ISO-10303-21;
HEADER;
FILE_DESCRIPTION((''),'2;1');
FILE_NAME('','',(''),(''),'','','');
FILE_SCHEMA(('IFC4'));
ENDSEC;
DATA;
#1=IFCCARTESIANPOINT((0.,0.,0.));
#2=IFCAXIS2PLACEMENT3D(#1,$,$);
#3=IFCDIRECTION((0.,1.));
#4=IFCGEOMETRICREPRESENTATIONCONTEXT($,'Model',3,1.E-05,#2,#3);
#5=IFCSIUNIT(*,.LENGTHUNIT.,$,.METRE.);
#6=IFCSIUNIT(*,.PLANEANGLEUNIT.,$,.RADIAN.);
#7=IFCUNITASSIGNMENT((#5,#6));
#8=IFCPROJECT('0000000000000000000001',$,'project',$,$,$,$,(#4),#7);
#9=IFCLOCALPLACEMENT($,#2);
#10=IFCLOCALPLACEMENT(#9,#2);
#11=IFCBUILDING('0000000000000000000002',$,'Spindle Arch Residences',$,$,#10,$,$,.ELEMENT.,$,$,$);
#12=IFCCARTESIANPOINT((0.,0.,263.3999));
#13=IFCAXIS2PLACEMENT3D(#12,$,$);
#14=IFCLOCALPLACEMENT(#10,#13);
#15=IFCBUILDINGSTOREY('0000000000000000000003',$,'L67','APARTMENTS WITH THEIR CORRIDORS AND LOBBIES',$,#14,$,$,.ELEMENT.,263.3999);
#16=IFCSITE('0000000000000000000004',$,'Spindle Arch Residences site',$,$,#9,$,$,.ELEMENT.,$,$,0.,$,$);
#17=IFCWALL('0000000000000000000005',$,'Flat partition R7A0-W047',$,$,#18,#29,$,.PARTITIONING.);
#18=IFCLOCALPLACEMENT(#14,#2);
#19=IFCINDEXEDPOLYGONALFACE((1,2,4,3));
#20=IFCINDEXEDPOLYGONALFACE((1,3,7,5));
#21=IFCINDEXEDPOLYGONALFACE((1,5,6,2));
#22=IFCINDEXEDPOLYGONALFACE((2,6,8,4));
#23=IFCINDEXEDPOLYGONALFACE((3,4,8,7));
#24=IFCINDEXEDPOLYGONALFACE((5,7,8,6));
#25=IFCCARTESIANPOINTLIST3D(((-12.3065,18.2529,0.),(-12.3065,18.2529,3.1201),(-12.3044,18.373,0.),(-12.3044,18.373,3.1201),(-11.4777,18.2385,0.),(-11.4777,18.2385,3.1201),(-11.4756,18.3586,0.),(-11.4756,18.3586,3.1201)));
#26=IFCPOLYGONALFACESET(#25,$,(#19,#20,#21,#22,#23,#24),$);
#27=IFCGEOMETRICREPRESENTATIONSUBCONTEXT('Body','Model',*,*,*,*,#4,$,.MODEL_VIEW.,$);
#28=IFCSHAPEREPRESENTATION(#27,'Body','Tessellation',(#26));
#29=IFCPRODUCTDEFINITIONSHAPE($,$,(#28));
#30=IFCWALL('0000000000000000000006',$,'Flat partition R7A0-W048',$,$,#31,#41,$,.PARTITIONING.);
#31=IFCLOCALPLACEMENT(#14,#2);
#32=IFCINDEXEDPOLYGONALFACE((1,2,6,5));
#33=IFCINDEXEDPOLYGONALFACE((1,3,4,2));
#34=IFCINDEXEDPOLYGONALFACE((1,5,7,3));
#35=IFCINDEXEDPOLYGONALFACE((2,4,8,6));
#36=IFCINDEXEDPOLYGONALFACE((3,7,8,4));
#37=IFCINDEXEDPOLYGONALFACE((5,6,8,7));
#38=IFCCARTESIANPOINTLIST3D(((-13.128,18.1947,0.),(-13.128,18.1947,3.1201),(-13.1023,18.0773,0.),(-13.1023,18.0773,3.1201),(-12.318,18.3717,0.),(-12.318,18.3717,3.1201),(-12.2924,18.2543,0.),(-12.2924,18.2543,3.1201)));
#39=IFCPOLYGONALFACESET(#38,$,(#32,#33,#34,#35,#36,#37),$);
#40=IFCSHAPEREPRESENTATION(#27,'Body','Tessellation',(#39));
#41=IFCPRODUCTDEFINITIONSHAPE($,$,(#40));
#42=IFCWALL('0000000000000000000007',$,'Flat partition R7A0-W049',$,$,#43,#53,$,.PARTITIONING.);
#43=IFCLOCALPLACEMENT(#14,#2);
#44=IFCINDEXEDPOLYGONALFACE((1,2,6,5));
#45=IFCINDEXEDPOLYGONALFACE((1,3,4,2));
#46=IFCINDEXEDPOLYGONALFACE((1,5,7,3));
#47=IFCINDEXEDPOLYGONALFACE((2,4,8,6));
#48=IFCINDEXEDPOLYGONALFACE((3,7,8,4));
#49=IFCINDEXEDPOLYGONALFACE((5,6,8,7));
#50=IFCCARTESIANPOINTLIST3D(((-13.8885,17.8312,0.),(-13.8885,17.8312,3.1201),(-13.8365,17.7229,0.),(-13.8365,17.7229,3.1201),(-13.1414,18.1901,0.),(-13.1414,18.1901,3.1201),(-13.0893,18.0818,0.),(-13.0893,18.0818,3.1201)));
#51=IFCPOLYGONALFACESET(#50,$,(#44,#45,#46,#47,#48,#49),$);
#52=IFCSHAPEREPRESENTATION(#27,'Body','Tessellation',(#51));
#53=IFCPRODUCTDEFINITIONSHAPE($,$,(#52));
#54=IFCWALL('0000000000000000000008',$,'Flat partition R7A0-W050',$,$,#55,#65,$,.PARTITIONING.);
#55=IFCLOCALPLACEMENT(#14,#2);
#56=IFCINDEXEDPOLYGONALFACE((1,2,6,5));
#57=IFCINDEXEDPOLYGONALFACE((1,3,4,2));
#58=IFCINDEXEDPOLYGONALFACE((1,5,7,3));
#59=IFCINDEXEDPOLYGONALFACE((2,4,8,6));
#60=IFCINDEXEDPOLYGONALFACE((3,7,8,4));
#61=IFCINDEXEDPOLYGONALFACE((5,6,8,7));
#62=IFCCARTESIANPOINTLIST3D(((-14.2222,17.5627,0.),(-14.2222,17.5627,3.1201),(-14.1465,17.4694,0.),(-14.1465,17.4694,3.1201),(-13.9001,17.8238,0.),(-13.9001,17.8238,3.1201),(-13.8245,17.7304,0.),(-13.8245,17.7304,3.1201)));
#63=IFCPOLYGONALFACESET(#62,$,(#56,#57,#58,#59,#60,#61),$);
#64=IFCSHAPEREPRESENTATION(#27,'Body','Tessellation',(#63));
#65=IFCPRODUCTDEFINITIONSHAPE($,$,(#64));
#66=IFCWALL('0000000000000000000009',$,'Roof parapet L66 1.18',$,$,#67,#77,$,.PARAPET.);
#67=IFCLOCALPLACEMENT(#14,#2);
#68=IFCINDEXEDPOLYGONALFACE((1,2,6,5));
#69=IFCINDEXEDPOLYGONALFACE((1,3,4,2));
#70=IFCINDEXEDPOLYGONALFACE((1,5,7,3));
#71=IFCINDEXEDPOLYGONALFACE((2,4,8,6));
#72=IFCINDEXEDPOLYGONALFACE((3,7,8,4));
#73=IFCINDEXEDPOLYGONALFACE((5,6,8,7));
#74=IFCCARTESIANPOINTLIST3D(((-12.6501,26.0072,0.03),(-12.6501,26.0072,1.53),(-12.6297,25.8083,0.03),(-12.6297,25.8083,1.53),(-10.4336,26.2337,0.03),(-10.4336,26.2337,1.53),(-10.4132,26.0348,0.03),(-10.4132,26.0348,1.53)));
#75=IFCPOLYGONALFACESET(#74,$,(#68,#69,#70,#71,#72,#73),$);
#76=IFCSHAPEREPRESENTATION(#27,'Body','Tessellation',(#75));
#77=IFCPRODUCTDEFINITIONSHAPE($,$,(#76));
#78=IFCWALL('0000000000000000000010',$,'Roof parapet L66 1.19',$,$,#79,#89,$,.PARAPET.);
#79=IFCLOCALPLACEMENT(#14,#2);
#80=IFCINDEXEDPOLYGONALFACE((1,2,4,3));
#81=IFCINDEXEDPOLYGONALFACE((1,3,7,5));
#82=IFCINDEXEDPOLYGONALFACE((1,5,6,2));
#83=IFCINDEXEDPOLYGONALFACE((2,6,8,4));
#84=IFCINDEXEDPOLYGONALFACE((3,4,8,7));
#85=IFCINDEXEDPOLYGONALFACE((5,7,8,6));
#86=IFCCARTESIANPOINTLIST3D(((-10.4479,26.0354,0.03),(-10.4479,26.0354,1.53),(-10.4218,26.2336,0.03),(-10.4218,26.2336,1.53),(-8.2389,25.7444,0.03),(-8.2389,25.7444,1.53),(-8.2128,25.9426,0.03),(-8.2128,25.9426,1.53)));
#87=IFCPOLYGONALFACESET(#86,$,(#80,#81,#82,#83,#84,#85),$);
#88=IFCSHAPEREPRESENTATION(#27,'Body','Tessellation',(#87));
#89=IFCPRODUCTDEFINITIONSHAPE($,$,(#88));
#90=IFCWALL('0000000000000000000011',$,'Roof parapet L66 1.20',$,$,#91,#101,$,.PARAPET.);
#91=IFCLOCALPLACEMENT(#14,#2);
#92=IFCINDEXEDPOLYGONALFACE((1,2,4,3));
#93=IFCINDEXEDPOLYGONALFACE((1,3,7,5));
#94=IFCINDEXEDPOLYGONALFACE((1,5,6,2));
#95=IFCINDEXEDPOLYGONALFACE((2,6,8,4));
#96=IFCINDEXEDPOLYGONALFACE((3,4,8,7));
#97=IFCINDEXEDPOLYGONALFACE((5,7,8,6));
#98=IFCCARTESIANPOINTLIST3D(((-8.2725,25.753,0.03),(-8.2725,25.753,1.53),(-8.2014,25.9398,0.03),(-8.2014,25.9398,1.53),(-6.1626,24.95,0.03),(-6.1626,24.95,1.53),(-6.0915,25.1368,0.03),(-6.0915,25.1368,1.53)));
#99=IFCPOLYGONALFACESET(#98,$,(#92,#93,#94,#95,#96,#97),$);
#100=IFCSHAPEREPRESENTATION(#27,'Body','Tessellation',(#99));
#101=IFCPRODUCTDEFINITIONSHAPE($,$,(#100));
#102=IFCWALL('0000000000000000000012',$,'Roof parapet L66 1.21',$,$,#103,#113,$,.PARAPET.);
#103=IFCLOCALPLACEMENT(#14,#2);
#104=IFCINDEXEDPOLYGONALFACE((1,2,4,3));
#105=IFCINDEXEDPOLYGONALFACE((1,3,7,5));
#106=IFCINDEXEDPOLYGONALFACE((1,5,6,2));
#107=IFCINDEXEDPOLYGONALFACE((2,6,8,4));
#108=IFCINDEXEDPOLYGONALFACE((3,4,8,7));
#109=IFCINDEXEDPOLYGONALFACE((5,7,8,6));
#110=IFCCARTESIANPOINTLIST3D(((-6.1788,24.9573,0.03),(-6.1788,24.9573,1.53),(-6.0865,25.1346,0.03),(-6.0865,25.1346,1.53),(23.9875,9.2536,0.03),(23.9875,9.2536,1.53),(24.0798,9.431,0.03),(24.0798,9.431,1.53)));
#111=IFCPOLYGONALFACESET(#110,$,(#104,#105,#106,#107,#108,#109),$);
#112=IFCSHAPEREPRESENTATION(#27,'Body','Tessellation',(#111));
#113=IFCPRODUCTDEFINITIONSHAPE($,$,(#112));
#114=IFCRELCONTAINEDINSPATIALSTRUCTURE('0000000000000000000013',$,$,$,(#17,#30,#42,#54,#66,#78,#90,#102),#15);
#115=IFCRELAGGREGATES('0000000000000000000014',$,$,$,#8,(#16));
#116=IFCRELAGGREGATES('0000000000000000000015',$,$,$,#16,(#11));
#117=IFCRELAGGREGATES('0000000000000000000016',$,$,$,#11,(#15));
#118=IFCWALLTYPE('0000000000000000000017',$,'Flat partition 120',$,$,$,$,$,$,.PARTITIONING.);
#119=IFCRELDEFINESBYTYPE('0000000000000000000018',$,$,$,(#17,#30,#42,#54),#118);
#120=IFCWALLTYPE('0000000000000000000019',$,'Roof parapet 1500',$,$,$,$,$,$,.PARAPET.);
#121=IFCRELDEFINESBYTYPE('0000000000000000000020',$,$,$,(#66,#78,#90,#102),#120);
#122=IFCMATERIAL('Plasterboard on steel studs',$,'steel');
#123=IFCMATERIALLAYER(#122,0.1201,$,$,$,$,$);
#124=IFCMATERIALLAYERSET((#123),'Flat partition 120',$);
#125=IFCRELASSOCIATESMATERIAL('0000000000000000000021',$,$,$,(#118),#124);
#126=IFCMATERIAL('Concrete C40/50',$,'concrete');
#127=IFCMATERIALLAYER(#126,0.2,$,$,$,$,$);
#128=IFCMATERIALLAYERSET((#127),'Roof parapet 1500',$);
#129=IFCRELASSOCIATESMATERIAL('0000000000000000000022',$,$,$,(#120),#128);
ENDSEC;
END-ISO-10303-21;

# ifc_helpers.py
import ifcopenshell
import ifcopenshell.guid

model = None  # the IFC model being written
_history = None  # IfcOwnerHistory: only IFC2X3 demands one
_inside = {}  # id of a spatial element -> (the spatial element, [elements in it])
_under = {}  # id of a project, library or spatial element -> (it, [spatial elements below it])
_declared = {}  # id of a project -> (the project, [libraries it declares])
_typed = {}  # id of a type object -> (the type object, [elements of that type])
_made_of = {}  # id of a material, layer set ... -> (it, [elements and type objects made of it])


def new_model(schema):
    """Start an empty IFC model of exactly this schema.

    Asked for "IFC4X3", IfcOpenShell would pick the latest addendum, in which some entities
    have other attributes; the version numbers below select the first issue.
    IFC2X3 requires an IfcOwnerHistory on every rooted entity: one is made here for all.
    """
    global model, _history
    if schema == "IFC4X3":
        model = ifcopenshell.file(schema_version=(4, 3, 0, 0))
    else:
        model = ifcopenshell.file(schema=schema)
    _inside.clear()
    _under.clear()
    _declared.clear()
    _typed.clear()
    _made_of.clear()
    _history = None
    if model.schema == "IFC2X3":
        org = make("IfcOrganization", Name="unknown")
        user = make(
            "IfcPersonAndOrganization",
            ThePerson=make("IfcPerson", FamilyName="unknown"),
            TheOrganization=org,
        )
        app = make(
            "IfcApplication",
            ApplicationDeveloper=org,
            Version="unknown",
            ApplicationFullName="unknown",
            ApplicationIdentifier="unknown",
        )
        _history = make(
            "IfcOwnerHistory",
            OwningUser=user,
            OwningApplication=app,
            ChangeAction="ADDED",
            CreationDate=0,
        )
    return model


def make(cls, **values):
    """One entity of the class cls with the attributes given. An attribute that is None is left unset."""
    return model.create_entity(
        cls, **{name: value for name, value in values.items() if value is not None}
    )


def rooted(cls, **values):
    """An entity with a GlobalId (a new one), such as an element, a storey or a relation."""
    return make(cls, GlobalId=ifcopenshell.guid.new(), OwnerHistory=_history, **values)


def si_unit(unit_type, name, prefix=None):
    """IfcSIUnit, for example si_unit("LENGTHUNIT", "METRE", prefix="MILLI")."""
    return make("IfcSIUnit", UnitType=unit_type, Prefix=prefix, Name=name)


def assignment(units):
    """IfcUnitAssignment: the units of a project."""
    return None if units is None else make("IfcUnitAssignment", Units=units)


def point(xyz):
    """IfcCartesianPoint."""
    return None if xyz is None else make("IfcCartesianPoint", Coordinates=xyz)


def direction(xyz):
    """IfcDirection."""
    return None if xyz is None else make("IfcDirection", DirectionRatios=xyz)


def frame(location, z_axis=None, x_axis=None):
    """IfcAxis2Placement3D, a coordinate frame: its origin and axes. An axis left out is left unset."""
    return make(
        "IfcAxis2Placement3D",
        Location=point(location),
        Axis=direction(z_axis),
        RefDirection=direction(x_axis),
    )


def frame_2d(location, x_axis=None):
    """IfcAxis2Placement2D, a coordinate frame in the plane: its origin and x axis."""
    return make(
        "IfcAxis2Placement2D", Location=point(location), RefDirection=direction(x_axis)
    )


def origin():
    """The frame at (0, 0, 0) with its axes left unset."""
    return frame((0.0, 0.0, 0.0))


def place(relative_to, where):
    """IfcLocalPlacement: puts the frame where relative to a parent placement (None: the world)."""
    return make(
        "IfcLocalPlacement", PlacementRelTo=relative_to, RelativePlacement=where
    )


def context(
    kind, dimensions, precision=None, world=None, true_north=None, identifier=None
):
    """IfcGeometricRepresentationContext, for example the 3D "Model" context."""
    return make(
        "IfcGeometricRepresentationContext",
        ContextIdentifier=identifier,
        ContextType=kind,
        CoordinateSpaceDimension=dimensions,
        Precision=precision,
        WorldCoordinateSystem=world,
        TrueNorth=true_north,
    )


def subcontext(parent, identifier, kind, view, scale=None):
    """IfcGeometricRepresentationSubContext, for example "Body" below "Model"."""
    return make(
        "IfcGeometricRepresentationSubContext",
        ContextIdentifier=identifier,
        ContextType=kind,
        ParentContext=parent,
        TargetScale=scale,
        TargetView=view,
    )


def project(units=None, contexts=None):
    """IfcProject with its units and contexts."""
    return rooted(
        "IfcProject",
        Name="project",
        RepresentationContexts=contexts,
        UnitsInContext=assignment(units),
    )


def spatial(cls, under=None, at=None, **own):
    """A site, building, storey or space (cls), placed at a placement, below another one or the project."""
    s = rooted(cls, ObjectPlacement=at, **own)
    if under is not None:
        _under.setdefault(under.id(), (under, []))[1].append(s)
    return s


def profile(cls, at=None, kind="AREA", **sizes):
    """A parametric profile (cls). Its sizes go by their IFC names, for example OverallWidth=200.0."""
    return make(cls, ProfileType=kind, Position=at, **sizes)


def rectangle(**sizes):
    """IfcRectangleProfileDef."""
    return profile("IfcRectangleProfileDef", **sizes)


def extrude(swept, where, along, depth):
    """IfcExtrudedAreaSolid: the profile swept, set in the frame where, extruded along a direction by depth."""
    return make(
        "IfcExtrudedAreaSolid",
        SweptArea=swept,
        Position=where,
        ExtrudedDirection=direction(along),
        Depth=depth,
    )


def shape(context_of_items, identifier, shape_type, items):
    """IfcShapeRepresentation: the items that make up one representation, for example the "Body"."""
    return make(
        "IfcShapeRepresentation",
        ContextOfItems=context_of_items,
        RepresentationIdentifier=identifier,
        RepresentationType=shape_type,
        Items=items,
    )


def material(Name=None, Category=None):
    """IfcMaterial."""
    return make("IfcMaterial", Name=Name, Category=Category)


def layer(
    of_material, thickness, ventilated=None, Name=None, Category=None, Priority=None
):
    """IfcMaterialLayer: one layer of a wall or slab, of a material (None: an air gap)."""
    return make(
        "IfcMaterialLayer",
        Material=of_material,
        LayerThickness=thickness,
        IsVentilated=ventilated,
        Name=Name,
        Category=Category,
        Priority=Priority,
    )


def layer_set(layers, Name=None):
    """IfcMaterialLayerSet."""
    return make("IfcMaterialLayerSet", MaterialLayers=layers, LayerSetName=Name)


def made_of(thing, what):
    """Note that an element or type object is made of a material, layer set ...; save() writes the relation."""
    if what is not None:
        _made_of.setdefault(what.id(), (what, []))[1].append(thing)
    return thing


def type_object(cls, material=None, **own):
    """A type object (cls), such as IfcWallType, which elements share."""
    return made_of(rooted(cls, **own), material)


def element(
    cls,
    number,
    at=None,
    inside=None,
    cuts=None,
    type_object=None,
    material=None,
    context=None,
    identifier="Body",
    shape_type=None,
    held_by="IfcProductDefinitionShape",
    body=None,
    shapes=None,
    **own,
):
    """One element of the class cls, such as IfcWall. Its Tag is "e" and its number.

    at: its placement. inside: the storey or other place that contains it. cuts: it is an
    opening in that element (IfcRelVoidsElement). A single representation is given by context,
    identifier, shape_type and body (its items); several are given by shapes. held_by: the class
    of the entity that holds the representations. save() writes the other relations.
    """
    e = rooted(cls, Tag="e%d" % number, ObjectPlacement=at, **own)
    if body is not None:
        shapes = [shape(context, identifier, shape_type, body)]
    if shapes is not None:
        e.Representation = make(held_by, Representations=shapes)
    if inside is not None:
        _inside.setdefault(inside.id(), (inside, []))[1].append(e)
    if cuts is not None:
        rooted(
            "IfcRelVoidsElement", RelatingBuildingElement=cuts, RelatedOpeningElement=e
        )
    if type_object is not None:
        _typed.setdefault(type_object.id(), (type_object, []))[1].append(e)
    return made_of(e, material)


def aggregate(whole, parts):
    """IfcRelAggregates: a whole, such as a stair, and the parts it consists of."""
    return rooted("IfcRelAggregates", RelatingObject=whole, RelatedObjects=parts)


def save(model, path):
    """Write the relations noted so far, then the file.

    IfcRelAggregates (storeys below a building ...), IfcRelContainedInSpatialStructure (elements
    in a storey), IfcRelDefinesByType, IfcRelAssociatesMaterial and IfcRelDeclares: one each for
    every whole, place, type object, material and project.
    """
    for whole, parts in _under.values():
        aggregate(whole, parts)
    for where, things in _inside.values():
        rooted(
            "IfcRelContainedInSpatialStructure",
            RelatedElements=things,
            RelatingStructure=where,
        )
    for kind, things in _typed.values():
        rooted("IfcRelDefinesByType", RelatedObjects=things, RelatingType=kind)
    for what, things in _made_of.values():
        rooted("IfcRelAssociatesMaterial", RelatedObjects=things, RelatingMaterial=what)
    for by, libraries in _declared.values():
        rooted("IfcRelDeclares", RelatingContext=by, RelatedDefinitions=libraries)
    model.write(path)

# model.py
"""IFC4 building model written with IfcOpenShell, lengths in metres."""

from ifc_helpers import new_model, si_unit, direction, frame, frame_2d, origin, place, context, subcontext, project, spatial, rectangle, extrude, material, layer, layer_set, type_object, element, save


model = new_model("IFC4")

# Units and contexts
model_context = context("Model", 3, precision=1e-05, world=origin(), true_north=direction((0.0, 1.0)))
body_context = subcontext(model_context, "Body", "Model", "MODEL_VIEW")
ifc_project = project(units=[si_unit("LENGTHUNIT", "METRE"), si_unit("PLANEANGLEUNIT", "RADIAN")], contexts=[model_context])

# Site, building, storey
site_placement = place(None, origin())
site = spatial("IfcSite", under=ifc_project, at=site_placement, Name="Spindle Arch Residences site", CompositionType="ELEMENT", RefElevation=0.0)
building_placement = place(site_placement, origin())
building = spatial("IfcBuilding", under=site, at=building_placement, Name="Spindle Arch Residences", CompositionType="ELEMENT")
storey_placement = place(building_placement, frame((0.0, 0.0, 263.3999)))
storey = spatial("IfcBuildingStorey", under=building, at=storey_placement, Name="L67", Description="APARTMENTS WITH THEIR CORRIDORS AND LOBBIES", CompositionType="ELEMENT", Elevation=263.3999)

# Shared definitions
ifc_material_1 = material(Name="Plasterboard on steel studs", Category="steel")
ifc_layer_1 = layer(ifc_material_1, 0.1201)
ifc_layer_set_1 = layer_set([ifc_layer_1], Name="Flat partition 120")
wall_type_1 = type_object("IfcWallType", Name="Flat partition 120", PredefinedType="PARTITIONING", material=ifc_layer_set_1)

# Walls
wall_1_placement = place(storey_placement, frame((-11.4766, 18.2986, 0.0), z_axis=(0.0, 0.0, 1.0), x_axis=(-0.999849, 0.017381, 0.0)))
element("IfcWall", 1, at=wall_1_placement, inside=storey, type_object=wall_type_1, Name="Flat partition R7A0-W047", PredefinedType="PARTITIONING", context=body_context, shape_type="SweptSolid", body=[
    extrude(rectangle(XDim=0.8289, YDim=0.1201, at=frame_2d((0.4146, 0.0))), origin(), (0.0, 0.0, 1.0), 3.1201),
])
wall_2_placement = place(storey_placement, frame((-12.3052, 18.313, 0.0), z_axis=(0.0, 0.0, 1.0), x_axis=(-0.97695, -0.213469, 0.0)))
element("IfcWall", 2, at=wall_2_placement, inside=storey, type_object=wall_type_1, Name="Flat partition R7A0-W048", PredefinedType="PARTITIONING", context=body_context, shape_type="SweptSolid", body=[
    extrude(rectangle(XDim=0.8291, YDim=0.1201, at=frame_2d((0.4146, 0.0))), origin(), (0.0, 0.0, 1.0), 3.1201),
])
wall_3_placement = place(storey_placement, frame((-13.1152, 18.136, 0.0), z_axis=(0.0, 0.0, 1.0), x_axis=(-0.901385, -0.433018, 0.0)))
element("IfcWall", 3, at=wall_3_placement, inside=storey, type_object=wall_type_1, Name="Flat partition R7A0-W049", PredefinedType="PARTITIONING", context=body_context, shape_type="SweptSolid", body=[
    extrude(rectangle(XDim=0.8289, YDim=0.1201, at=frame_2d((0.4146, 0.0))), origin(), (0.0, 0.0, 1.0), 3.1201),
])
wall_4_placement = place(storey_placement, frame((-13.8623, 17.7771, 0.0), z_axis=(0.0, 0.0, 1.0), x_axis=(-0.776888, -0.629639, 0.0)))
element("IfcWall", 4, at=wall_4_placement, inside=storey, type_object=wall_type_1, Name="Flat partition R7A0-W050", PredefinedType="PARTITIONING", context=body_context, shape_type="SweptSolid", body=[
    extrude(rectangle(XDim=0.4146, YDim=0.1201, at=frame_2d((0.2073, 0.0))), origin(), (0.0, 0.0, 1.0), 3.1201),
])
ifc_material_2 = material(Name="Concrete C40/50", Category="concrete")
ifc_layer_2 = layer(ifc_material_2, 0.2)
ifc_layer_set_2 = layer_set([ifc_layer_2], Name="Roof parapet 1500")
wall_type_2 = type_object("IfcWallType", Name="Roof parapet 1500", PredefinedType="PARAPET", material=ifc_layer_set_2)
for number, where, z_axis, x_axis, name in (
    (5, (-12.6399, 25.9077, 0.03), (0.0, 0.0, 1.0), (0.994817, 0.101684, 0.0), "Roof parapet L66 1.18"),
    (6, (-10.4348, 26.1345, 0.03), (0.0, 0.0, 1.0), (0.991433, -0.130613, 0.0), "Roof parapet L66 1.19"),
):
    element("IfcWall", number, at=place(storey_placement, frame(where, z_axis=z_axis, x_axis=x_axis)), inside=storey, type_object=wall_type_2, Name=name, PredefinedType="PARAPET", context=body_context, shape_type="SweptSolid", body=[
        extrude(rectangle(XDim=2.228, YDim=0.2, at=frame_2d((1.114, 0.0))), origin(), (0.0, 0.0, 1.0), 1.5),
    ])
wall_5_placement = place(storey_placement, frame((-8.2371, 25.8464, 0.03), z_axis=(0.0, 0.0, 1.0), x_axis=(0.934602, -0.355694, 0.0)))
element("IfcWall", 7, at=wall_5_placement, inside=storey, type_object=wall_type_2, Name="Roof parapet L66 1.20", PredefinedType="PARAPET", context=body_context, shape_type="SweptSolid", body=[
    extrude(rectangle(XDim=2.2576, YDim=0.2, at=frame_2d((1.1289, 0.0))), origin(), (0.0, 0.0, 1.0), 1.5),
])
wall_6_placement = place(storey_placement, frame((-6.1326, 25.0459, 0.03), z_axis=(0.0, 0.0, 1.0), x_axis=(0.88701, -0.46175, 0.0)))
element("IfcWall", 8, at=wall_6_placement, inside=storey, type_object=wall_type_2, Name="Roof parapet L66 1.21", PredefinedType="PARAPET", context=body_context, shape_type="SweptSolid", body=[
    extrude(rectangle(XDim=34.009, YDim=0.2, at=frame_2d((17.0044, 0.0))), origin(), (0.0, 0.0, 1.0), 1.5),
])

save(model, "model.ifc")
